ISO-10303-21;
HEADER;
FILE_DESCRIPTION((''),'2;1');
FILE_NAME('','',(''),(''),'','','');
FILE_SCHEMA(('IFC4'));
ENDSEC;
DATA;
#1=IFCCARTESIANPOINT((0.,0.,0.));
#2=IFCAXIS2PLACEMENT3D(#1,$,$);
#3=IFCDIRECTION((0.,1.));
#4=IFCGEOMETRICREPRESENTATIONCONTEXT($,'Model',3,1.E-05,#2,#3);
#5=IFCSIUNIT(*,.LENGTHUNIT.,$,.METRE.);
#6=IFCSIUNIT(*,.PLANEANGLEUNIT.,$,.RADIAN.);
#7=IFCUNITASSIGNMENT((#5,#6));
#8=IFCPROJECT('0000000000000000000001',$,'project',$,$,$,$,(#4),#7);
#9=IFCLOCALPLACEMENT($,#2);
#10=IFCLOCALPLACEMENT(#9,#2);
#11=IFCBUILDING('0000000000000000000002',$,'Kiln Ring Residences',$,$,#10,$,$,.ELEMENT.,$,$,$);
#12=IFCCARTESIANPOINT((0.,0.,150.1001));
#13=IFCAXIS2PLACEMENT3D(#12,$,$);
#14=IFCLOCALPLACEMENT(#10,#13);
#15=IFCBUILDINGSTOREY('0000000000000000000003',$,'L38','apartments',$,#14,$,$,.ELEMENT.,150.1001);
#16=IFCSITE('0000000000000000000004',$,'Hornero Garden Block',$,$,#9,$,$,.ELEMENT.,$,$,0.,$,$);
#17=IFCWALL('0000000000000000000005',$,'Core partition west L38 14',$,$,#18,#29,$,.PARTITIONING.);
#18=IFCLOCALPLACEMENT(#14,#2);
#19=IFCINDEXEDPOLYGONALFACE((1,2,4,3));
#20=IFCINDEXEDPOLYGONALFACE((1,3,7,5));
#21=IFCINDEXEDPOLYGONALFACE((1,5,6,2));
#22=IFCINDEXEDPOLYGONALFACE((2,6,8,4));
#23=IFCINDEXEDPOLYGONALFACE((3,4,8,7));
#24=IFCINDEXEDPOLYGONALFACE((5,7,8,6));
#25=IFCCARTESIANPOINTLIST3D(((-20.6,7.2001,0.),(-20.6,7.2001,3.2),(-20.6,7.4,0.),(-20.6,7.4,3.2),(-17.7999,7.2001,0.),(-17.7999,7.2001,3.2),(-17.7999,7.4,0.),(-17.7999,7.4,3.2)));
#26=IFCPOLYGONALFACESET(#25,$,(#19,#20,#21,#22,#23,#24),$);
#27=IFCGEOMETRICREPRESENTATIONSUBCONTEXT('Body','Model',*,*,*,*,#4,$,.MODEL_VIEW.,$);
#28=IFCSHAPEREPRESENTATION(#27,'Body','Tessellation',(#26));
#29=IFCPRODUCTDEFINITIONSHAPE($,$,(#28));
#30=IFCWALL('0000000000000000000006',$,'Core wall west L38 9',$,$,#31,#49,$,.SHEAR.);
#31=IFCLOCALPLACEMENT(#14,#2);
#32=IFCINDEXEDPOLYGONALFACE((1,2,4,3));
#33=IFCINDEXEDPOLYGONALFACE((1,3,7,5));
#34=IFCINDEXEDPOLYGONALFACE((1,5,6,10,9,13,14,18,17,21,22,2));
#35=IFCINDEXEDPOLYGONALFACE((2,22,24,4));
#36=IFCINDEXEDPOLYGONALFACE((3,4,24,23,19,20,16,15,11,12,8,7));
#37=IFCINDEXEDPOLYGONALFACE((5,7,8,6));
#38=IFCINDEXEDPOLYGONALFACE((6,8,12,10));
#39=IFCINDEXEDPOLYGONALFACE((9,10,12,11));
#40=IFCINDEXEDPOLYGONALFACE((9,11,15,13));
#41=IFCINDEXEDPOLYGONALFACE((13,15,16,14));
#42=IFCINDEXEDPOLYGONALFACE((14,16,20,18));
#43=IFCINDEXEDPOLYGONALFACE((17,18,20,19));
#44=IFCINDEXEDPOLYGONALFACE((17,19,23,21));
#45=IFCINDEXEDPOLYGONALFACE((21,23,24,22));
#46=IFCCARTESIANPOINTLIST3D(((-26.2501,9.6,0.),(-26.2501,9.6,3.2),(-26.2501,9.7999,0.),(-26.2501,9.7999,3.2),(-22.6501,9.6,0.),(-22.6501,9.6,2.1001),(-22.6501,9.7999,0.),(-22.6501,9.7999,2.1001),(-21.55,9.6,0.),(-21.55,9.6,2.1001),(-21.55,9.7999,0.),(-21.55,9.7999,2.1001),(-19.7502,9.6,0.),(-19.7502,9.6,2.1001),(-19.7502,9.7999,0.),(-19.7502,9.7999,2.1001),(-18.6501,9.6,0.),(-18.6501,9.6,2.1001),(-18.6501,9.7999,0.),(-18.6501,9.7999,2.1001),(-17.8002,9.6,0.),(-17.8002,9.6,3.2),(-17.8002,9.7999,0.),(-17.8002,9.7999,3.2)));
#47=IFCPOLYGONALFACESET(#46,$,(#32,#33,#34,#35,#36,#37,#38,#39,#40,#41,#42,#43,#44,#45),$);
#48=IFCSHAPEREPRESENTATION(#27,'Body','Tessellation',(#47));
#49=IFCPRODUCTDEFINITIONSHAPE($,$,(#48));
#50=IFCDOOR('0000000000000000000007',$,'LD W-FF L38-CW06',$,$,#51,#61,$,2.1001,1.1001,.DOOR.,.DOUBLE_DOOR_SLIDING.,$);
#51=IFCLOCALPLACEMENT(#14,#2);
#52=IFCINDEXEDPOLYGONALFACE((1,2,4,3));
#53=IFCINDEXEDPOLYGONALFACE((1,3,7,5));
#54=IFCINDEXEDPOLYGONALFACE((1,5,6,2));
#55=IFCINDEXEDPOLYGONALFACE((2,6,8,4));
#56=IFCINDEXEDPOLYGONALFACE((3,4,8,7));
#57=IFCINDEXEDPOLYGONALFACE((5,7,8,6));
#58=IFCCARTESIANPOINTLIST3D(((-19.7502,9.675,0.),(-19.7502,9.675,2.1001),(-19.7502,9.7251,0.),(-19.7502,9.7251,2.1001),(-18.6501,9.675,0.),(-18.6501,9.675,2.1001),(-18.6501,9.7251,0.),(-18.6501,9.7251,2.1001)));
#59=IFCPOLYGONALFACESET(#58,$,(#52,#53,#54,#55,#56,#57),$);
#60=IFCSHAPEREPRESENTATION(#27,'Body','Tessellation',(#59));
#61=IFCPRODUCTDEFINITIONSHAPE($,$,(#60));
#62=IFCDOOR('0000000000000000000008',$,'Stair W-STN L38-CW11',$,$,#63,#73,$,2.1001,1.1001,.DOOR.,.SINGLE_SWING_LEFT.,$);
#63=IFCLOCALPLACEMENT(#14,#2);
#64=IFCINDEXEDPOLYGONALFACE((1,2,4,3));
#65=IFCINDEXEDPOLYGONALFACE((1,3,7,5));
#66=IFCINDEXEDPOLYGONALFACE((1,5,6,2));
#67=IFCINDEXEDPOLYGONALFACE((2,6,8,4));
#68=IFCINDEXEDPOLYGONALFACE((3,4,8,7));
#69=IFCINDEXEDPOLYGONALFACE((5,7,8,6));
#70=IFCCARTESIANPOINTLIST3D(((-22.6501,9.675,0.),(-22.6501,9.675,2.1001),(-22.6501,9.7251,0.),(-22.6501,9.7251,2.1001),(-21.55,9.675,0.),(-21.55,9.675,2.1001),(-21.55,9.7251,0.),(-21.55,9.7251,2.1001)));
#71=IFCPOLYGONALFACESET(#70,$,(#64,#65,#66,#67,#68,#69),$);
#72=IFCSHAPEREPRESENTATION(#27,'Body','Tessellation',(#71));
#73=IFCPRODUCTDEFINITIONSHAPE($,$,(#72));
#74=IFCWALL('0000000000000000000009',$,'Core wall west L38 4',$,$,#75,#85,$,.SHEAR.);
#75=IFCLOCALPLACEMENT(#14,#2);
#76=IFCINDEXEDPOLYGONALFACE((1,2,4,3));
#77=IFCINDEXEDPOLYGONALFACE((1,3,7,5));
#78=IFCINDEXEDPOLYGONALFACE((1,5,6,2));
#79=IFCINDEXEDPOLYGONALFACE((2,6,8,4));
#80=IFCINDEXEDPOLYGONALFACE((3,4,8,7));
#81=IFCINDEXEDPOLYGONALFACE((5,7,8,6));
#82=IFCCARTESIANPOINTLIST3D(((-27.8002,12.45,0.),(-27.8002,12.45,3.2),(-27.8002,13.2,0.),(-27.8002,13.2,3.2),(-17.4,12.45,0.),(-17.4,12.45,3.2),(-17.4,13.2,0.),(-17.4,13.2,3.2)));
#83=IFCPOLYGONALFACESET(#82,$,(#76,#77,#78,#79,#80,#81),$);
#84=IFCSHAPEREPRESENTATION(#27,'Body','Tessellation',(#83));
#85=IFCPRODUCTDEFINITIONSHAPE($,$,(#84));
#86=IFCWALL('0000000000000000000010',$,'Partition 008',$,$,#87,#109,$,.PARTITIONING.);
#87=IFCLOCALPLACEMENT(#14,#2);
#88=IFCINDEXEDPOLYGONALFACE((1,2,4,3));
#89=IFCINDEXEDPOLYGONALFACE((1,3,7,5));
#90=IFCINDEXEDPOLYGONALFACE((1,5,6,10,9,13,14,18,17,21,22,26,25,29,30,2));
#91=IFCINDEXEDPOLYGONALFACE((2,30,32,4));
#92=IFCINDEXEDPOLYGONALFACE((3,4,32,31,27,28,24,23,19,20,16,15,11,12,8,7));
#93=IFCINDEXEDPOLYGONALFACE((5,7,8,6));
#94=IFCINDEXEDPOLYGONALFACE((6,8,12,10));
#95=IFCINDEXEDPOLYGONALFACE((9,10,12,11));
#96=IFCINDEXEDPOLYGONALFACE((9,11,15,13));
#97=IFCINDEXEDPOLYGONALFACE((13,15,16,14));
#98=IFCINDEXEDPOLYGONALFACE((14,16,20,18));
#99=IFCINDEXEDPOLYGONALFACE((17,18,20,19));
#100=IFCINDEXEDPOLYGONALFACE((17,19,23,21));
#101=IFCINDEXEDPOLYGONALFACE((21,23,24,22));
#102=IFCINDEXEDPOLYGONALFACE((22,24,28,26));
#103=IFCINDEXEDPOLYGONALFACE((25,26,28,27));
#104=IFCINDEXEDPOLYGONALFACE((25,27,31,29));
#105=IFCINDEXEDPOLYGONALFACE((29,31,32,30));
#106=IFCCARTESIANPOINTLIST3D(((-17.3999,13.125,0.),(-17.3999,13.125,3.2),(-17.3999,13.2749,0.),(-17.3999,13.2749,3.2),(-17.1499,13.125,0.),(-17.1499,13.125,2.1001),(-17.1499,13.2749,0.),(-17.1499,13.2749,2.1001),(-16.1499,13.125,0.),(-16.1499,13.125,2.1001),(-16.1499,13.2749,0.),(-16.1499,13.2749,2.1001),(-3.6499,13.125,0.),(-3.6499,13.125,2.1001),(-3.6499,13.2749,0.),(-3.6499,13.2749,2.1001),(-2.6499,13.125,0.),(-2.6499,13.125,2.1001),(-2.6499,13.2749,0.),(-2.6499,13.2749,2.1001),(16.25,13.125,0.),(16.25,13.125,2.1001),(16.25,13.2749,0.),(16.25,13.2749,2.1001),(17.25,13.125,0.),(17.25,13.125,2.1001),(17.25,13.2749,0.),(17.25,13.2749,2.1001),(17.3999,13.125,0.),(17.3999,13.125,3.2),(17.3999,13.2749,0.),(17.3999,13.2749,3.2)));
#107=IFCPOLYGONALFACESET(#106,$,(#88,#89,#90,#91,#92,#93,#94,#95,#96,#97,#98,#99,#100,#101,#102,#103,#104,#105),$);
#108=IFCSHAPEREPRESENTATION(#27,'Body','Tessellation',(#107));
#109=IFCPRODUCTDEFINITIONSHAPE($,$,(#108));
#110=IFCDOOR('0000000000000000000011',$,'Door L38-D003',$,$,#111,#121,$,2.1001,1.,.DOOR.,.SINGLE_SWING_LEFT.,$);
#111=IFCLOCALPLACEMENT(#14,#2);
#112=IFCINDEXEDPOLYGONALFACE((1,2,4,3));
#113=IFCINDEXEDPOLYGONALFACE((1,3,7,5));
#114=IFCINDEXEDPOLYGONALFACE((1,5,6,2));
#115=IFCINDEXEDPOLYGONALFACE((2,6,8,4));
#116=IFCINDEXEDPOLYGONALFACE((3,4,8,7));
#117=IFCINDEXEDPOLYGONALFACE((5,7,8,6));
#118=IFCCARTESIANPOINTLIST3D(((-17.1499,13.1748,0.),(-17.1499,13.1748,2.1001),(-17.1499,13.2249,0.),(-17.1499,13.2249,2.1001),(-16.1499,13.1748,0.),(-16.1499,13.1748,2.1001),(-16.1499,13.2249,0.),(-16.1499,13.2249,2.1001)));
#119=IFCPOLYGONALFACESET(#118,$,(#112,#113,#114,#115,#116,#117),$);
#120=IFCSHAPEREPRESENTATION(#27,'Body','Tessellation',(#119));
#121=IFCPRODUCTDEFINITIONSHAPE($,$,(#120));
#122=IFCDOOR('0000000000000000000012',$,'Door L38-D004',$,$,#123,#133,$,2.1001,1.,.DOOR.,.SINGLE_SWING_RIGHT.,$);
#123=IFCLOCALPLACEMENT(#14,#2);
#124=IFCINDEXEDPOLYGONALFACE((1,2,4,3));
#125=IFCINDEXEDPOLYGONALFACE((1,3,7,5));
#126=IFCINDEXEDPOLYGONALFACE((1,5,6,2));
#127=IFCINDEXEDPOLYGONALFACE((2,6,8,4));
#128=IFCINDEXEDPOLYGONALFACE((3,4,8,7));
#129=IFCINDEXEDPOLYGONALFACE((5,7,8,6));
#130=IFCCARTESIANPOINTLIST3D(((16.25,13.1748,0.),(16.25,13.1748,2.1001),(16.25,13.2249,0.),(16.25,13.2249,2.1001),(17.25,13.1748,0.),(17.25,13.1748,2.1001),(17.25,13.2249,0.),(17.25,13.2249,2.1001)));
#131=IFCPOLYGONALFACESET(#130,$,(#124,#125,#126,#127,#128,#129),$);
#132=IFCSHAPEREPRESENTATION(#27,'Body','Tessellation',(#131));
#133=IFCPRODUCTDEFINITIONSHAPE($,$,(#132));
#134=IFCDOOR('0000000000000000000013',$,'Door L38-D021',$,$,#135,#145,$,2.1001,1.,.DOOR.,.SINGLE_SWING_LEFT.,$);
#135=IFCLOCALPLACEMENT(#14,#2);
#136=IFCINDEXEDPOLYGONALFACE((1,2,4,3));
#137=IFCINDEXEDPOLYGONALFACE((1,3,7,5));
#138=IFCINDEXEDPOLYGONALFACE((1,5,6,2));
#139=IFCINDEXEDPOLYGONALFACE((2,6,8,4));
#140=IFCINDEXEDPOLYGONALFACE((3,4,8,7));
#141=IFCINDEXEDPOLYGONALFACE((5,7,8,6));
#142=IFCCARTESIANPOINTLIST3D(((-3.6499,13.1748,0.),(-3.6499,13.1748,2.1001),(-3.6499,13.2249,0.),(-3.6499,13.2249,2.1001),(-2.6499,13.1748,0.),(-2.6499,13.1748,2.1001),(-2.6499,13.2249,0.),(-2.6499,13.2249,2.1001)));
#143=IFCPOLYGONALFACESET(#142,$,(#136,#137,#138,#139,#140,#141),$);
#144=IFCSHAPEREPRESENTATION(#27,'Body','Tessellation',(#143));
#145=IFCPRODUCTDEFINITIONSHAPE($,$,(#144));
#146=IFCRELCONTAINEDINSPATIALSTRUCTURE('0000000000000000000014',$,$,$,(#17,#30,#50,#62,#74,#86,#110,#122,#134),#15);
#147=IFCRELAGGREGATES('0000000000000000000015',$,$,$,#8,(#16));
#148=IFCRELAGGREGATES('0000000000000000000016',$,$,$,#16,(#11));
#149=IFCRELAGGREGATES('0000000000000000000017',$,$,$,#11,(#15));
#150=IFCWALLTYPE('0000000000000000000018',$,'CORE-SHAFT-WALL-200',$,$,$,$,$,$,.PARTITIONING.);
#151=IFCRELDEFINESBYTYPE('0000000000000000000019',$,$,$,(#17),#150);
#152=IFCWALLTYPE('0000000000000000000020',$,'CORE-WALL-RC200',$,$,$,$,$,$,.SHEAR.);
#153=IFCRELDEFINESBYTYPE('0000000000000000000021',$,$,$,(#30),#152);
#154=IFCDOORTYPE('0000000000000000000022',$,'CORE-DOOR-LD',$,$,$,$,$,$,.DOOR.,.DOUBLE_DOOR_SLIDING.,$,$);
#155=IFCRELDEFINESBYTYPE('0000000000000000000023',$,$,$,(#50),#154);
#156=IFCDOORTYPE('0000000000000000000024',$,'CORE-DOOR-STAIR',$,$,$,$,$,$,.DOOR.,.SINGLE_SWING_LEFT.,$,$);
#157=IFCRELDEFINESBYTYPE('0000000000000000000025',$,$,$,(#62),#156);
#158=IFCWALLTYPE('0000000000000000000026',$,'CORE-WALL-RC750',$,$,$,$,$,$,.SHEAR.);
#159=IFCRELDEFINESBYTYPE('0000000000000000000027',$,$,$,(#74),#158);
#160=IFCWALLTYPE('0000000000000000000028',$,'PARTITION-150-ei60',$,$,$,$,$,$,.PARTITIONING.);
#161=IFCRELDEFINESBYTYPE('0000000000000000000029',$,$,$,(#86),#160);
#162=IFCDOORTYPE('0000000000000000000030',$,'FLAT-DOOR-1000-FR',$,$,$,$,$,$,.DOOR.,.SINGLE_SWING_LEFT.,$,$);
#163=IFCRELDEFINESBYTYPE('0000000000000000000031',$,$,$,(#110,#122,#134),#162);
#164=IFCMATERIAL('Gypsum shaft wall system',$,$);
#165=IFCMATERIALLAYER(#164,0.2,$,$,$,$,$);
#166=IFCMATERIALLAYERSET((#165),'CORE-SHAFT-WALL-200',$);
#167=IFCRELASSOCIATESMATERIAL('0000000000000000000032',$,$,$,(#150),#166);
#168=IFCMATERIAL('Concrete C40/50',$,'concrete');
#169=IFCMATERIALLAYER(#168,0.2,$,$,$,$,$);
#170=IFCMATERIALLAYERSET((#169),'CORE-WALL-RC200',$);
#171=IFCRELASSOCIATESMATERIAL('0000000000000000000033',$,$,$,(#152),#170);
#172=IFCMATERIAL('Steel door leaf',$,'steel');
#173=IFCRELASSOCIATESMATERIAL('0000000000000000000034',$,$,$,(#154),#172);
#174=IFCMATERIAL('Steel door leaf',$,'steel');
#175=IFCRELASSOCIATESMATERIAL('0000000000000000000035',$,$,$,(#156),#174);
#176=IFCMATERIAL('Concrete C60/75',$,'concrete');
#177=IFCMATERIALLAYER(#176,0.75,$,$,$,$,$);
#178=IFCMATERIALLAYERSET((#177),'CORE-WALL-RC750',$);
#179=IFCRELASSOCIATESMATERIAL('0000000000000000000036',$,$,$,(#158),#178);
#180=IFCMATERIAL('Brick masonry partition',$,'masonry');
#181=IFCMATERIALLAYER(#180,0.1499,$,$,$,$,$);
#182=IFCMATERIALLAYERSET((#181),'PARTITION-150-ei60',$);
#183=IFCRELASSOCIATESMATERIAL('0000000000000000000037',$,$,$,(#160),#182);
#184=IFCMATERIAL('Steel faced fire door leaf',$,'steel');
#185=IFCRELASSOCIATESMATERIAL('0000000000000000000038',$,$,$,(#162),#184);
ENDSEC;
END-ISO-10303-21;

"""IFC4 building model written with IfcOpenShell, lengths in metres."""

from ifc_helpers import new_model, si_unit, direction, frame, frame_2d, origin, place, context, subcontext, project, spatial, rectangle, extrude, material, layer, layer_set, type_object, element, fill, save


model = new_model("IFC4")

# Units and contexts
model_context = context("Model", 3, precision=1e-05, world=origin(), true_north=direction((0.0, 1.0)))
body_context = subcontext(model_context, "Body", "Model", "MODEL_VIEW")
ifc_project = project(units=[si_unit("LENGTHUNIT", "METRE"), si_unit("PLANEANGLEUNIT", "RADIAN")], contexts=[model_context])

# Site, building, storey
site_placement = place(None, origin())
site = spatial("IfcSite", under=ifc_project, at=site_placement, Name="Hornero Garden Block", CompositionType="ELEMENT", RefElevation=0.0)
building_placement = place(site_placement, origin())
building = spatial("IfcBuilding", under=site, at=building_placement, Name="Kiln Ring Residences", CompositionType="ELEMENT")
storey_placement = place(building_placement, frame((0.0, 0.0, 150.1001)))
storey = spatial("IfcBuildingStorey", under=building, at=storey_placement, Name="L38", Description="apartments", CompositionType="ELEMENT", Elevation=150.1001)

# Wall
ifc_material_1 = material(Name="Gypsum shaft wall system")
ifc_layer_1 = layer(ifc_material_1, 0.2)
ifc_layer_set_1 = layer_set([ifc_layer_1], Name="CORE-SHAFT-WALL-200")
wall_type_1 = type_object("IfcWallType", Name="CORE-SHAFT-WALL-200", PredefinedType="PARTITIONING", material=ifc_layer_set_1)
wall_1_placement = place(storey_placement, frame((-17.8, 7.3, 0.0), z_axis=(0.0, 0.0, 1.0), x_axis=(-1.0, 0.0, 0.0)))
element("IfcWall", 1, at=wall_1_placement, inside=storey, type_object=wall_type_1, Name="Core partition west L38 14", PredefinedType="PARTITIONING", context=body_context, shape_type="SweptSolid", body=[
    extrude(rectangle(XDim=2.8, YDim=0.2, at=frame_2d((1.3999, 0.0))), origin(), (0.0, 0.0, 1.0), 3.2),
])

# Wall, openings, doors
ifc_material_2 = material(Name="Concrete C40/50", Category="concrete")
ifc_layer_2 = layer(ifc_material_2, 0.2)
ifc_layer_set_2 = layer_set([ifc_layer_2], Name="CORE-WALL-RC200")
wall_type_2 = type_object("IfcWallType", Name="CORE-WALL-RC200", PredefinedType="SHEAR", material=ifc_layer_set_2)
wall_2_placement = place(storey_placement, frame((-17.8, 9.7, 0.0), z_axis=(0.0, 0.0, 1.0), x_axis=(-1.0, 0.0, 0.0)))
wall_2 = element("IfcWall", 2, at=wall_2_placement, inside=storey, type_object=wall_type_2, Name="Core wall west L38 9", PredefinedType="SHEAR", context=body_context, shape_type="SweptSolid", body=[
    extrude(rectangle(XDim=8.45, YDim=0.2, at=frame_2d((4.2251, 0.0))), origin(), (0.0, 0.0, 1.0), 3.2),
])
opening_1_placement = place(wall_2_placement, frame((0.8501, 0.0, 0.0)))
opening_1 = element("IfcOpeningElement", 3, at=opening_1_placement, cuts=wall_2, PredefinedType="OPENING", context=body_context, shape_type="SweptSolid", body=[
    extrude(rectangle(XDim=1.1001, YDim=2.1001, at=frame_2d((0.55, 1.05))), frame((0.0, 0.1099, 0.0), z_axis=(0.0, -1.0, 0.0), x_axis=(1.0, 0.0, 0.0)), (0.0, 0.0, 1.0), 0.22),
])
opening_2_placement = place(wall_2_placement, frame((3.75, 0.0, 0.0)))
opening_2 = element("IfcOpeningElement", 4, at=opening_2_placement, cuts=wall_2, PredefinedType="OPENING", context=body_context, shape_type="SweptSolid", body=[
    extrude(rectangle(XDim=1.1001, YDim=2.1001, at=frame_2d((0.55, 1.05))), frame((0.0, 0.1099, 0.0), z_axis=(0.0, -1.0, 0.0), x_axis=(1.0, 0.0, 0.0)), (0.0, 0.0, 1.0), 0.22),
])
ifc_material_3 = material(Name="Steel door leaf", Category="steel")
door_type_1 = type_object("IfcDoorType", Name="CORE-DOOR-LD", OperationType="DOUBLE_DOOR_SLIDING", PredefinedType="DOOR", material=ifc_material_3)
door_1_placement = place(opening_1_placement, origin())
door_1 = element("IfcDoor", 5, at=door_1_placement, inside=storey, type_object=door_type_1, Name="LD W-FF L38-CW06", OperationType="DOUBLE_DOOR_SLIDING", OverallHeight=2.1001, OverallWidth=1.1001, PredefinedType="DOOR", context=body_context, shape_type="SweptSolid", body=[
    extrude(rectangle(XDim=1.1001, YDim=2.1001, at=frame_2d((0.55, 1.05))), frame((0.0, 0.0249, 0.0), z_axis=(0.0, -1.0, 0.0), x_axis=(1.0, 0.0, 0.0)), (0.0, 0.0, 1.0), 0.05),
])
fill(opening_1, door_1)
ifc_material_4 = material(Name="Steel door leaf", Category="steel")
door_type_2 = type_object("IfcDoorType", Name="CORE-DOOR-STAIR", OperationType="SINGLE_SWING_LEFT", PredefinedType="DOOR", material=ifc_material_4)
door_2_placement = place(opening_2_placement, origin())
door_2 = element("IfcDoor", 6, at=door_2_placement, inside=storey, type_object=door_type_2, Name="Stair W-STN L38-CW11", OperationType="SINGLE_SWING_LEFT", OverallHeight=2.1001, OverallWidth=1.1001, PredefinedType="DOOR", context=body_context, shape_type="SweptSolid", body=[
    extrude(rectangle(XDim=1.1001, YDim=2.1001, at=frame_2d((0.55, 1.05))), frame((0.0, 0.0249, 0.0), z_axis=(0.0, -1.0, 0.0), x_axis=(1.0, 0.0, 0.0)), (0.0, 0.0, 1.0), 0.05),
])
fill(opening_2, door_2)

# Wall
ifc_material_5 = material(Name="Concrete C60/75", Category="concrete")
ifc_layer_3 = layer(ifc_material_5, 0.75)
ifc_layer_set_3 = layer_set([ifc_layer_3], Name="CORE-WALL-RC750")
wall_type_3 = type_object("IfcWallType", Name="CORE-WALL-RC750", PredefinedType="SHEAR", material=ifc_layer_set_3)
wall_3_placement = place(storey_placement, frame((-17.3999, 12.825, 0.0), z_axis=(0.0, 0.0, 1.0), x_axis=(-1.0, 0.0, 0.0)))
element("IfcWall", 7, at=wall_3_placement, inside=storey, type_object=wall_type_3, Name="Core wall west L38 4", PredefinedType="SHEAR", context=body_context, shape_type="SweptSolid", body=[
    extrude(rectangle(XDim=10.4001, YDim=0.75, at=frame_2d((5.2002, 0.0))), origin(), (0.0, 0.0, 1.0), 3.2),
])

# Wall, openings, doors
ifc_material_6 = material(Name="Brick masonry partition", Category="masonry")
ifc_layer_4 = layer(ifc_material_6, 0.1499)
ifc_layer_set_4 = layer_set([ifc_layer_4], Name="PARTITION-150-ei60")
wall_type_4 = type_object("IfcWallType", Name="PARTITION-150-ei60", PredefinedType="PARTITIONING", material=ifc_layer_set_4)
wall_4_placement = place(storey_placement, frame((-17.3999, 13.2, 0.0), z_axis=(0.0, 0.0, 1.0), x_axis=(1.0, 0.0, 0.0)))
wall_4 = element("IfcWall", 8, at=wall_4_placement, inside=storey, type_object=wall_type_4, Name="Partition 008", PredefinedType="PARTITIONING", context=body_context, shape_type="SweptSolid", body=[
    extrude(rectangle(XDim=34.7998, YDim=0.1499, at=frame_2d((17.3999, 0.0))), origin(), (0.0, 0.0, 1.0), 3.2),
])
opening_3_placement = place(wall_4_placement, frame((0.25, 0.0, 0.0)))
opening_3 = element("IfcOpeningElement", 9, at=opening_3_placement, cuts=wall_4, PredefinedType="OPENING", context=body_context, shape_type="SweptSolid", body=[
    extrude(rectangle(XDim=1.0, YDim=2.1001, at=frame_2d((0.5, 1.05))), frame((0.0, 0.085, 0.0), z_axis=(0.0, -1.0, 0.0), x_axis=(1.0, 0.0, 0.0)), (0.0, 0.0, 1.0), 0.1699),
])
opening_4_placement = place(wall_4_placement, frame((33.6499, 0.0, 0.0)))
opening_4 = element("IfcOpeningElement", 10, at=opening_4_placement, cuts=wall_4, PredefinedType="OPENING", context=body_context, shape_type="SweptSolid", body=[
    extrude(rectangle(XDim=1.0, YDim=2.1001, at=frame_2d((0.5, 1.05))), frame((0.0, 0.085, 0.0), z_axis=(0.0, -1.0, 0.0), x_axis=(1.0, 0.0, 0.0)), (0.0, 0.0, 1.0), 0.1699),
])
opening_5_placement = place(wall_4_placement, frame((13.75, 0.0, 0.0)))
opening_5 = element("IfcOpeningElement", 11, at=opening_5_placement, cuts=wall_4, PredefinedType="OPENING", context=body_context, shape_type="SweptSolid", body=[
    extrude(rectangle(XDim=1.0, YDim=2.1001, at=frame_2d((0.5, 1.05))), frame((0.0, 0.085, 0.0), z_axis=(0.0, -1.0, 0.0), x_axis=(1.0, 0.0, 0.0)), (0.0, 0.0, 1.0), 0.1699),
])
ifc_material_7 = material(Name="Steel faced fire door leaf", Category="steel")
door_type_3 = type_object("IfcDoorType", Name="FLAT-DOOR-1000-FR", OperationType="SINGLE_SWING_LEFT", PredefinedType="DOOR", material=ifc_material_7)
door_3_placement = place(opening_3_placement, origin())
door_3 = element("IfcDoor", 12, at=door_3_placement, inside=storey, type_object=door_type_3, Name="Door L38-D003", OperationType="SINGLE_SWING_LEFT", OverallHeight=2.1001, OverallWidth=1.0, PredefinedType="DOOR", context=body_context, shape_type="SweptSolid", body=[
    extrude(rectangle(XDim=1.0, YDim=2.1001, at=frame_2d((0.5, 1.05))), frame((0.0, 0.0249, 0.0), z_axis=(0.0, -1.0, 0.0), x_axis=(1.0, 0.0, 0.0)), (0.0, 0.0, 1.0), 0.05),
])
fill(opening_3, door_3)
door_4_placement = place(opening_4_placement, origin())
door_4 = element("IfcDoor", 13, at=door_4_placement, inside=storey, type_object=door_type_3, Name="Door L38-D004", OperationType="SINGLE_SWING_RIGHT", OverallHeight=2.1001, OverallWidth=1.0, PredefinedType="DOOR", context=body_context, shape_type="SweptSolid", body=[
    extrude(rectangle(XDim=1.0, YDim=2.1001, at=frame_2d((0.5, 1.05))), frame((0.0, 0.0249, 0.0), z_axis=(0.0, -1.0, 0.0), x_axis=(1.0, 0.0, 0.0)), (0.0, 0.0, 1.0), 0.05),
])
fill(opening_4, door_4)
door_5_placement = place(opening_5_placement, origin())
door_5 = element("IfcDoor", 14, at=door_5_placement, inside=storey, type_object=door_type_3, Name="Door L38-D021", OperationType="SINGLE_SWING_LEFT", OverallHeight=2.1001, OverallWidth=1.0, PredefinedType="DOOR", context=body_context, shape_type="SweptSolid", body=[
    extrude(rectangle(XDim=1.0, YDim=2.1001, at=frame_2d((0.5, 1.05))), frame((0.0, 0.0249, 0.0), z_axis=(0.0, -1.0, 0.0), x_axis=(1.0, 0.0, 0.0)), (0.0, 0.0, 1.0), 0.05),
])
fill(opening_5, door_5)

save(model, "model.ifc")
